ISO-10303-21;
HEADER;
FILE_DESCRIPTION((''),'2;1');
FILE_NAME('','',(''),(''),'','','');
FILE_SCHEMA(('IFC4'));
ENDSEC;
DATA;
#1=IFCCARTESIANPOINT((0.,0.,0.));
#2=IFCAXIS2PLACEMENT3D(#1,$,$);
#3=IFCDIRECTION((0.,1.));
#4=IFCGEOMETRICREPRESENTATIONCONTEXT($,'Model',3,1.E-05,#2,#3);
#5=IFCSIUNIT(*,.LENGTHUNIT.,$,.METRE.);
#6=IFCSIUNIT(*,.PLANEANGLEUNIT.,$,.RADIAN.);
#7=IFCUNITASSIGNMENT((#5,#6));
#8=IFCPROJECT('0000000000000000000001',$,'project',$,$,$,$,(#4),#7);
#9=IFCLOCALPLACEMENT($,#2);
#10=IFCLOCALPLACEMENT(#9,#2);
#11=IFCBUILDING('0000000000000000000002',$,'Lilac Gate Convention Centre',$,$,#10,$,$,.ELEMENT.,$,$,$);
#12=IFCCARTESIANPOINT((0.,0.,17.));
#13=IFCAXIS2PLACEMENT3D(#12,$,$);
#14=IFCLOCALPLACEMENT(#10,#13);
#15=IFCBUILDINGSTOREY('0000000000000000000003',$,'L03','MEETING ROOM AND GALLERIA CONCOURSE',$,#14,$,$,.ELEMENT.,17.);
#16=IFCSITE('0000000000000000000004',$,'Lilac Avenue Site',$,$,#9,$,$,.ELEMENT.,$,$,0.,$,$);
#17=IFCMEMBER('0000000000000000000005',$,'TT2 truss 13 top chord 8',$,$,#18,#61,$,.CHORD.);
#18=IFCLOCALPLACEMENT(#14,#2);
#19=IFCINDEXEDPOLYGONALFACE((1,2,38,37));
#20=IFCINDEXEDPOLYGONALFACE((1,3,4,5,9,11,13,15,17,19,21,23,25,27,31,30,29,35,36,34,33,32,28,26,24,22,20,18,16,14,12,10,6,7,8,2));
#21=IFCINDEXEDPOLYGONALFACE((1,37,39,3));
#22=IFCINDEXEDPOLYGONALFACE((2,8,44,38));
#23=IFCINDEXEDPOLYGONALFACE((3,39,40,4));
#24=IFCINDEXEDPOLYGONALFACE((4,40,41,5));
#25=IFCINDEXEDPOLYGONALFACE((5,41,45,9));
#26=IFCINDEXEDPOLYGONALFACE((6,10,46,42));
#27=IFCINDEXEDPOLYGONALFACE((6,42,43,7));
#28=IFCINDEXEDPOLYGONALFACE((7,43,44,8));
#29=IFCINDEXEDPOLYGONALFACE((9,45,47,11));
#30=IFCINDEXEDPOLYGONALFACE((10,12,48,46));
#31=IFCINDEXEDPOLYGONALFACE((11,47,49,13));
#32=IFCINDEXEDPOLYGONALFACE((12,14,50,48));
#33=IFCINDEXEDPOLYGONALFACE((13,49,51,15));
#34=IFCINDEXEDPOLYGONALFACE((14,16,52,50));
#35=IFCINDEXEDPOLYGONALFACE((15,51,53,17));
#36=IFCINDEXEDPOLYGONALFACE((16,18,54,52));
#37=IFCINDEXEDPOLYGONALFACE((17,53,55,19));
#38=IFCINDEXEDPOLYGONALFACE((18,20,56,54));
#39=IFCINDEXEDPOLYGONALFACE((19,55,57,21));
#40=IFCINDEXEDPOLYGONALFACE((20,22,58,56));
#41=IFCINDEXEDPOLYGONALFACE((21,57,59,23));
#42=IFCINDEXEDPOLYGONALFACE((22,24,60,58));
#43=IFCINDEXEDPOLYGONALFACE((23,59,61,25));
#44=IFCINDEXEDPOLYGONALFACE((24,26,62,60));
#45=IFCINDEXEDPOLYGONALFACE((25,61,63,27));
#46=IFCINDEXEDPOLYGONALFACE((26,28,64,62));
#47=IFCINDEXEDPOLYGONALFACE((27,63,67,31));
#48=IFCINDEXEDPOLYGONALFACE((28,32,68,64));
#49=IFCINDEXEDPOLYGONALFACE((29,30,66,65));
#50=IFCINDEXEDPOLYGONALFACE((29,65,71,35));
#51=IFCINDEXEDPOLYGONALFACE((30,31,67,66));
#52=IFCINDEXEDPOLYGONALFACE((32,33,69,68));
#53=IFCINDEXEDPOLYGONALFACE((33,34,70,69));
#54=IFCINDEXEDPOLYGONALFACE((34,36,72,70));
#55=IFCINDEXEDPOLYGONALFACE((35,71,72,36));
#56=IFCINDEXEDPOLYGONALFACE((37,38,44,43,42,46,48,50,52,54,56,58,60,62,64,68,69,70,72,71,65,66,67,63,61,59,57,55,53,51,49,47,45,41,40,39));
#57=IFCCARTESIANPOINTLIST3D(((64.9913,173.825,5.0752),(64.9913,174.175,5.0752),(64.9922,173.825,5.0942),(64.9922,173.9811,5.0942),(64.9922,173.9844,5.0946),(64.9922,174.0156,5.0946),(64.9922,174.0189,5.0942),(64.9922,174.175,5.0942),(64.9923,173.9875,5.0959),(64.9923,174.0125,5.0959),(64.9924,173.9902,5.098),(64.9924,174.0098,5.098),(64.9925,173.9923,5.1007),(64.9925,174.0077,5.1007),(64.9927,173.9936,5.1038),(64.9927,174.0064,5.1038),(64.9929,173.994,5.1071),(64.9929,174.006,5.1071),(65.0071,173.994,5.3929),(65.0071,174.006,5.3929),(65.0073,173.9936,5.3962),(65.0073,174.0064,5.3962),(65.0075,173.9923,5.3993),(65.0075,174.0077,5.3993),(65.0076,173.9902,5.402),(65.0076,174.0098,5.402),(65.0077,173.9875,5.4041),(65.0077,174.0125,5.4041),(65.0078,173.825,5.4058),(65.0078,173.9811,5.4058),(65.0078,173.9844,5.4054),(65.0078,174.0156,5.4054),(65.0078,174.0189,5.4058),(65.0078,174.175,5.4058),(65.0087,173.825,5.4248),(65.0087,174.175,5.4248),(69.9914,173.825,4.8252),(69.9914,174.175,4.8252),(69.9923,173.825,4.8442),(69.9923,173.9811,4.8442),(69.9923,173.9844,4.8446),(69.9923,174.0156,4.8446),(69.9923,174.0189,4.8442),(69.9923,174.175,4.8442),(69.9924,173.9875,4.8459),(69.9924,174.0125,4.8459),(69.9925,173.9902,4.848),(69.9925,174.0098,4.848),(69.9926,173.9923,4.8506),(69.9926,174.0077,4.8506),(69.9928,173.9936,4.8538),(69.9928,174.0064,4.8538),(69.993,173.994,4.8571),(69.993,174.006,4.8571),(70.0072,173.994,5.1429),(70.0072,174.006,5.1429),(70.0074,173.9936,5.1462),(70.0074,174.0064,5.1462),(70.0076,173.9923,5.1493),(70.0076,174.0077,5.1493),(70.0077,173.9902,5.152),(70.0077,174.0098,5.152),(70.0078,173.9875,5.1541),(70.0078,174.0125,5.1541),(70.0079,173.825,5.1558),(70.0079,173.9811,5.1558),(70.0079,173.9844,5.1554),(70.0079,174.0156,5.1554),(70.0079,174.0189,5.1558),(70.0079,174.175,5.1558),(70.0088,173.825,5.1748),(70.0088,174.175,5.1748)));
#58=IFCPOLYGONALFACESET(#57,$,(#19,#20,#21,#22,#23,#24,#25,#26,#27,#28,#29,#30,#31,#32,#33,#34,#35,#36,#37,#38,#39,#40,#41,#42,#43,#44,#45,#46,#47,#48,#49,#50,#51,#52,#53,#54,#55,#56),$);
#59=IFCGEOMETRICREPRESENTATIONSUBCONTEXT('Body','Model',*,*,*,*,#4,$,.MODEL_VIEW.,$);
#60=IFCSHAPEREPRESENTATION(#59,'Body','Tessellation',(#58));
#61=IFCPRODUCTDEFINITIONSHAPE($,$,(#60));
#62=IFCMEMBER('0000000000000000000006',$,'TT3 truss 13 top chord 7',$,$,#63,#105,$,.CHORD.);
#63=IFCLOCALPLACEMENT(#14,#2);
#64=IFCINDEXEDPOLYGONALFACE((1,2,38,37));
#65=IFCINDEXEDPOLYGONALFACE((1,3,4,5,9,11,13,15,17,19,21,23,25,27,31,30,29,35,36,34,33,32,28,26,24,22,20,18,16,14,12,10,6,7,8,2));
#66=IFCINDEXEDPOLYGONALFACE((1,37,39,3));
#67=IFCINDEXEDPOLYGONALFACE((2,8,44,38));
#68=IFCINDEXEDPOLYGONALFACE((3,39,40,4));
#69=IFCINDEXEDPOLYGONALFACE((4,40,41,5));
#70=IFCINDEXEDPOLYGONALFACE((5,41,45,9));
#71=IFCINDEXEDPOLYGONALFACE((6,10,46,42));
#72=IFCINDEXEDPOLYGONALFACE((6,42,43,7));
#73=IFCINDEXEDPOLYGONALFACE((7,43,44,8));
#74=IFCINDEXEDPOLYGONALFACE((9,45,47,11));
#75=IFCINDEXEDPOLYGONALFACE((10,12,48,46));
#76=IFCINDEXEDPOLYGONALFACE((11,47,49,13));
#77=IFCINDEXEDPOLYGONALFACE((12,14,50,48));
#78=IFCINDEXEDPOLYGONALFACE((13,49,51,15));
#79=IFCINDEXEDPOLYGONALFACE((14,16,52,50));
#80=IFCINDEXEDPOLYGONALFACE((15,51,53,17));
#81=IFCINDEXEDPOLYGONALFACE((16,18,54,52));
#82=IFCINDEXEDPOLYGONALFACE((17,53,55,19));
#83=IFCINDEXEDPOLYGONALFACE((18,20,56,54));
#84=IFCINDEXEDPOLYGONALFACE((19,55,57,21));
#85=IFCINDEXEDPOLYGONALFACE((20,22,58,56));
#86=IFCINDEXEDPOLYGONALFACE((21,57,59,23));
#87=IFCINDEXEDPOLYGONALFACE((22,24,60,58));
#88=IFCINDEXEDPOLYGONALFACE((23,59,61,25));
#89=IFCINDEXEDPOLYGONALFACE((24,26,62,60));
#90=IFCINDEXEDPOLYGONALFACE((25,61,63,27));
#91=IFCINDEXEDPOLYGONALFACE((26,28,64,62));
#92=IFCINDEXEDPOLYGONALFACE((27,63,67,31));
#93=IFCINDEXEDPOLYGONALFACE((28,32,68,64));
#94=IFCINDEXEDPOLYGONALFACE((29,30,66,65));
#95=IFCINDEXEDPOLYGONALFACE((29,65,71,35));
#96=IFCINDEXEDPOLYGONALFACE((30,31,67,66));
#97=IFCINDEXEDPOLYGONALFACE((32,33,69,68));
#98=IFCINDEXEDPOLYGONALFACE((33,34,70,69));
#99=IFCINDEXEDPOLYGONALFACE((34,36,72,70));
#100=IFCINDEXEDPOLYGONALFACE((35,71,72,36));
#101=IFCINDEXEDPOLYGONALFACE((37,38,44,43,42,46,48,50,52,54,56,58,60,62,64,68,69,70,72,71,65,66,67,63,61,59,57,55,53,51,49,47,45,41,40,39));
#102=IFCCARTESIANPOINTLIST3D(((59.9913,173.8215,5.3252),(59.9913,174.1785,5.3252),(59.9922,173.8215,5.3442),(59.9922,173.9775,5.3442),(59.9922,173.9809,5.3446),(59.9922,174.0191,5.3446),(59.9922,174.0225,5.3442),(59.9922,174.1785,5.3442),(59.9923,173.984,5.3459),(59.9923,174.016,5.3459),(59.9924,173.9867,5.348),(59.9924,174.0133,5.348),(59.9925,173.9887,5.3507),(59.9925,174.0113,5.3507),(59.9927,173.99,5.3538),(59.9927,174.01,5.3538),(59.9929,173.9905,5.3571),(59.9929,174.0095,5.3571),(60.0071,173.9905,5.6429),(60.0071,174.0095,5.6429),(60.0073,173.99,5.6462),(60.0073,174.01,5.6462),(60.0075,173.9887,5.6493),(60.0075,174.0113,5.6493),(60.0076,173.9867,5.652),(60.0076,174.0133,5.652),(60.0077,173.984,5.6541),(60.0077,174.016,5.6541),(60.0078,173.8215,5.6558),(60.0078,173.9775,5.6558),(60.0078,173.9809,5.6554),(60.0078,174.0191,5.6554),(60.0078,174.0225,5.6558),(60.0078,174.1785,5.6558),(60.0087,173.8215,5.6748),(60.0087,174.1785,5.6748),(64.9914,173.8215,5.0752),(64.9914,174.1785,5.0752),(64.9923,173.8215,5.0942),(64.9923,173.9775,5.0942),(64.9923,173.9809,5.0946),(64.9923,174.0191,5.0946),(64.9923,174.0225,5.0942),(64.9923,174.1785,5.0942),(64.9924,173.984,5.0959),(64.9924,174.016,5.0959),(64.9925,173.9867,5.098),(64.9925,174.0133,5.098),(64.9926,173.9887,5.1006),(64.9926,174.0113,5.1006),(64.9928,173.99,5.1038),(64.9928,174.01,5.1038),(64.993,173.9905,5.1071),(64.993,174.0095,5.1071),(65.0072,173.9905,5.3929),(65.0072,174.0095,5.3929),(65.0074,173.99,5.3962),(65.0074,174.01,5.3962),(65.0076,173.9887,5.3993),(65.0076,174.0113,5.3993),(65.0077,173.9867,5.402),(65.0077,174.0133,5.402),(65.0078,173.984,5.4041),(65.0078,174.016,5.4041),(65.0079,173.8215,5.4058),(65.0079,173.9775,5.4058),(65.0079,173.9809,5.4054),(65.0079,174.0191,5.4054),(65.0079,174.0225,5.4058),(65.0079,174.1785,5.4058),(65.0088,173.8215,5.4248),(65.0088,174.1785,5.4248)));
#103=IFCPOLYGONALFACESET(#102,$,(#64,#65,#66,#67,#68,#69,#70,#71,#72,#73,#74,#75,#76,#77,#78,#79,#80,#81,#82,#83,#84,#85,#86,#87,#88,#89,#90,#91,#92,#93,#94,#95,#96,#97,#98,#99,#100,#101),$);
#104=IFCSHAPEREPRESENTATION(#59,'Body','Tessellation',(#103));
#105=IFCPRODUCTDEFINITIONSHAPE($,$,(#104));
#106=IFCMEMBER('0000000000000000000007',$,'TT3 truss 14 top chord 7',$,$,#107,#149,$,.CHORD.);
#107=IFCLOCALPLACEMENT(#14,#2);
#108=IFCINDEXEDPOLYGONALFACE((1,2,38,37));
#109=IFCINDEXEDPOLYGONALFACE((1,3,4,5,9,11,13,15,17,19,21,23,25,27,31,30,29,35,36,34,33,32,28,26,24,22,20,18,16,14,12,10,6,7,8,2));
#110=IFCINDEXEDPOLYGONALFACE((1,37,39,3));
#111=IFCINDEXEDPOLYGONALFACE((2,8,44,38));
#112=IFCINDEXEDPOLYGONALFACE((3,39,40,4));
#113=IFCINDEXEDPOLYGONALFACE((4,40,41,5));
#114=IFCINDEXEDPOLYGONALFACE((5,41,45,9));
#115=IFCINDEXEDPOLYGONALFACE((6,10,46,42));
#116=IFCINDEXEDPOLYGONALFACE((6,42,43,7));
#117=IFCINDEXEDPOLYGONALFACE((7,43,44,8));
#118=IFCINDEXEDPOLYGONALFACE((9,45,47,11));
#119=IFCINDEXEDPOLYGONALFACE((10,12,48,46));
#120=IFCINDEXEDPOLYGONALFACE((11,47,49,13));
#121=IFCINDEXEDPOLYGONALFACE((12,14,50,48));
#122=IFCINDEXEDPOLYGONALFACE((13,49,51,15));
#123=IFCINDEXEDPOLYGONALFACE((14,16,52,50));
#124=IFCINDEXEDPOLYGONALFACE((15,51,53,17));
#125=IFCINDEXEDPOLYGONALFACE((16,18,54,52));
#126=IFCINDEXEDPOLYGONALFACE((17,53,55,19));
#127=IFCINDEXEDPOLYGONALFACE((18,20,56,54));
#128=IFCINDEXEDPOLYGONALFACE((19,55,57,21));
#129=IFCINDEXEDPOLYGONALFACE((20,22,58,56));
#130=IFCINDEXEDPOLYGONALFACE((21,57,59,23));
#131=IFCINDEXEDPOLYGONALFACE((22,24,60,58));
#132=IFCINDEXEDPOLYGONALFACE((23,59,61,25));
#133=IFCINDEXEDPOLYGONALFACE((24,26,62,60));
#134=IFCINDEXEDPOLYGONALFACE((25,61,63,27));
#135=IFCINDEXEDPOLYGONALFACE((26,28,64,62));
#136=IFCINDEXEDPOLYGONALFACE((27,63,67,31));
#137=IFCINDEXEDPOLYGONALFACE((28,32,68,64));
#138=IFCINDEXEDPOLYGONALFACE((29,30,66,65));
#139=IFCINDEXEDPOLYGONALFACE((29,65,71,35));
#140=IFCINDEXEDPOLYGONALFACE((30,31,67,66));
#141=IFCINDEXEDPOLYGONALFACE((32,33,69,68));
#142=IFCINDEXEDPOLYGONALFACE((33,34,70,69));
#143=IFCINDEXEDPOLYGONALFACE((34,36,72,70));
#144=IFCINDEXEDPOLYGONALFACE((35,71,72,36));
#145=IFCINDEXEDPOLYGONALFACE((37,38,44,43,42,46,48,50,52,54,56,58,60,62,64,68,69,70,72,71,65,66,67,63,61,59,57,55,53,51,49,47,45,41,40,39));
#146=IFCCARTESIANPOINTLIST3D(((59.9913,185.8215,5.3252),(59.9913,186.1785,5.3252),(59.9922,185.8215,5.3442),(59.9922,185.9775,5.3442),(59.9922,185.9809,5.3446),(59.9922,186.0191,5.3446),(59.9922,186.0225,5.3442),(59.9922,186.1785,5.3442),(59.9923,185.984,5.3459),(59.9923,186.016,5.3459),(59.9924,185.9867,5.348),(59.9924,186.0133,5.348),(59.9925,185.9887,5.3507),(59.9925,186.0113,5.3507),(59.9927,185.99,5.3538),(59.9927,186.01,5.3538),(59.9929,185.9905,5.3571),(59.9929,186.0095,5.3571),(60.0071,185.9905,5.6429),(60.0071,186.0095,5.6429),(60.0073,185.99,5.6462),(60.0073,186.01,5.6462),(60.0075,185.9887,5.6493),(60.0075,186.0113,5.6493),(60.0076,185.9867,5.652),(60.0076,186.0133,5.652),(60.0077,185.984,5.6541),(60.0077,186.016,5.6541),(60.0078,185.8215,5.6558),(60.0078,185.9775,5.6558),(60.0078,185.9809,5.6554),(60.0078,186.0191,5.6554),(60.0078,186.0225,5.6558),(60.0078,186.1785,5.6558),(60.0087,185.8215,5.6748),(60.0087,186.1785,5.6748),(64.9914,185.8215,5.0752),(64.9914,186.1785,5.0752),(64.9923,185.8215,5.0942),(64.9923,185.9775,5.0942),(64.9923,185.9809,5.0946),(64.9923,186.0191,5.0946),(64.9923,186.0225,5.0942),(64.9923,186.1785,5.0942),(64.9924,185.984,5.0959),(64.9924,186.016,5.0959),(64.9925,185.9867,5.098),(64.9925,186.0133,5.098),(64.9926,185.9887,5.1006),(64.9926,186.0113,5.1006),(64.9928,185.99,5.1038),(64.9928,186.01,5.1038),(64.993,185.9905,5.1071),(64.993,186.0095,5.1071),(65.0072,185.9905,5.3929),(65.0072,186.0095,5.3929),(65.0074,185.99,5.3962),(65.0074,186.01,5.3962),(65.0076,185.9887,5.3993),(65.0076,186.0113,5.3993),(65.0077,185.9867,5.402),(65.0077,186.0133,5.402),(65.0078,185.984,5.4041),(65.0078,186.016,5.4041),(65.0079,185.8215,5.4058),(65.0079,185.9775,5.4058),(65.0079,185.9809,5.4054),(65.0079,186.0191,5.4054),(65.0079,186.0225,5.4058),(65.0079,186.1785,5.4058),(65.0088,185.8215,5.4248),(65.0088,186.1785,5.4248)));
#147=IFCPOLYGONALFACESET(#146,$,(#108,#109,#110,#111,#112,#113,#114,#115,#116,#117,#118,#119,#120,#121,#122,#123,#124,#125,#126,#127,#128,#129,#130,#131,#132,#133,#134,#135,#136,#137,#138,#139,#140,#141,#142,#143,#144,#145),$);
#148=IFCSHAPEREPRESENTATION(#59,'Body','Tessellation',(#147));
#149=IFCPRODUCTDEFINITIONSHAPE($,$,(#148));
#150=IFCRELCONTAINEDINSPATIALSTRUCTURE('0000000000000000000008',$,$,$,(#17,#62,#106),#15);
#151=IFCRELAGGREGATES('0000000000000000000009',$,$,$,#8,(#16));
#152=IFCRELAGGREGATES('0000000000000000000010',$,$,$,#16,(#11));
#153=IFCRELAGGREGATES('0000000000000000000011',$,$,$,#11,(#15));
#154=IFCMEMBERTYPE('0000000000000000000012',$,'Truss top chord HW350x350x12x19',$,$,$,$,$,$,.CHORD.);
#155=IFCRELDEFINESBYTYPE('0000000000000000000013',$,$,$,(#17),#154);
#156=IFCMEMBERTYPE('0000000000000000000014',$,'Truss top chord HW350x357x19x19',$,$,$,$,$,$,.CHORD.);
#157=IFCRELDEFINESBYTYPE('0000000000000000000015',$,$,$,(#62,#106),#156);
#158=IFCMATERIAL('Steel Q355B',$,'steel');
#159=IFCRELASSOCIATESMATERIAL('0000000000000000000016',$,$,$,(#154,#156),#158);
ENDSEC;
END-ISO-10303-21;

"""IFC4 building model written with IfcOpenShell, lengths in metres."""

from ifc_helpers import new_model, si_unit, direction, frame, origin, origin_2d, place, context, subcontext, project, spatial, i_section, extrude, material, material_profile, profile_set, type_object, element, save


model = new_model("IFC4")

# Units and contexts
model_context = context("Model", 3, precision=1e-05, world=origin(), true_north=direction((0.0, 1.0)))
body_context = subcontext(model_context, "Body", "Model", "MODEL_VIEW")
ifc_project = project(units=[si_unit("LENGTHUNIT", "METRE"), si_unit("PLANEANGLEUNIT", "RADIAN")], contexts=[model_context])

# Site, building, storey
site_placement = place(None, origin())
site = spatial("IfcSite", under=ifc_project, at=site_placement, Name="Lilac Avenue Site", CompositionType="ELEMENT", RefElevation=0.0)
building_placement = place(site_placement, origin())
building = spatial("IfcBuilding", under=site, at=building_placement, Name="Lilac Gate Convention Centre", CompositionType="ELEMENT")
storey_placement = place(building_placement, frame((0.0, 0.0, 17.0)))
storey = spatial("IfcBuildingStorey", under=building, at=storey_placement, Name="L03", Description="MEETING ROOM AND GALLERIA CONCOURSE", CompositionType="ELEMENT", Elevation=17.0)

# Members
ifc_material = material(Name="Steel Q355B", Category="steel")
ifc_material_profile_1 = material_profile(ifc_material, i_section(OverallWidth=0.3501, OverallDepth=0.3501, WebThickness=0.012, FlangeThickness=0.019, FilletRadius=0.0129, at=origin_2d()), Name="HW350x350x12x19")
ifc_profile_set_1 = profile_set([ifc_material_profile_1], Name="Steel Q355B")
member_type_1 = type_object("IfcMemberType", Name="Truss top chord HW350x350x12x19", PredefinedType="CHORD", material=ifc_profile_set_1)
member_1_placement = place(storey_placement, frame((65.0, 174.0, 5.25), z_axis=(0.998752, 0.0, -0.049938), x_axis=(0.0, 1.0, 0.0)))
element("IfcMember", 1, at=member_1_placement, inside=storey, type_object=member_type_1, Name="TT2 truss 13 top chord 8", PredefinedType="CHORD", context=body_context, shape_type="SweptSolid", body=[
    extrude(i_section(OverallWidth=0.3501, OverallDepth=0.3501, WebThickness=0.012, FlangeThickness=0.019, FilletRadius=0.0129, at=origin_2d()), origin(), (0.0, 0.0, 1.0), 5.0063),
])
ifc_material_profile_2 = material_profile(ifc_material, i_section(OverallWidth=0.3569, OverallDepth=0.3501, WebThickness=0.019, FlangeThickness=0.019, FilletRadius=0.0129, at=origin_2d()), Name="HW350x357x19x19")
ifc_profile_set_2 = profile_set([ifc_material_profile_2], Name="Steel Q355B")
member_type_2 = type_object("IfcMemberType", Name="Truss top chord HW350x357x19x19", PredefinedType="CHORD", material=ifc_profile_set_2)
for number, where, z_axis, x_axis, name in (
    (2, (60.0, 174.0, 5.5), (0.998752, 0.0, -0.049938), (0.0, 1.0, 0.0), "TT3 truss 13 top chord 7"),
    (3, (60.0, 186.0, 5.5), (0.998752, 0.0, -0.049938), (0.0, 1.0, 0.0), "TT3 truss 14 top chord 7"),
):
    element("IfcMember", number, at=place(storey_placement, frame(where, z_axis=z_axis, x_axis=x_axis)), inside=storey, type_object=member_type_2, Name=name, PredefinedType="CHORD", context=body_context, shape_type="SweptSolid", body=[
        extrude(i_section(OverallWidth=0.3569, OverallDepth=0.3501, WebThickness=0.019, FlangeThickness=0.019, FilletRadius=0.0129, at=origin_2d()), origin(), (0.0, 0.0, 1.0), 5.0063),
    ])

save(model, "model.ifc")
